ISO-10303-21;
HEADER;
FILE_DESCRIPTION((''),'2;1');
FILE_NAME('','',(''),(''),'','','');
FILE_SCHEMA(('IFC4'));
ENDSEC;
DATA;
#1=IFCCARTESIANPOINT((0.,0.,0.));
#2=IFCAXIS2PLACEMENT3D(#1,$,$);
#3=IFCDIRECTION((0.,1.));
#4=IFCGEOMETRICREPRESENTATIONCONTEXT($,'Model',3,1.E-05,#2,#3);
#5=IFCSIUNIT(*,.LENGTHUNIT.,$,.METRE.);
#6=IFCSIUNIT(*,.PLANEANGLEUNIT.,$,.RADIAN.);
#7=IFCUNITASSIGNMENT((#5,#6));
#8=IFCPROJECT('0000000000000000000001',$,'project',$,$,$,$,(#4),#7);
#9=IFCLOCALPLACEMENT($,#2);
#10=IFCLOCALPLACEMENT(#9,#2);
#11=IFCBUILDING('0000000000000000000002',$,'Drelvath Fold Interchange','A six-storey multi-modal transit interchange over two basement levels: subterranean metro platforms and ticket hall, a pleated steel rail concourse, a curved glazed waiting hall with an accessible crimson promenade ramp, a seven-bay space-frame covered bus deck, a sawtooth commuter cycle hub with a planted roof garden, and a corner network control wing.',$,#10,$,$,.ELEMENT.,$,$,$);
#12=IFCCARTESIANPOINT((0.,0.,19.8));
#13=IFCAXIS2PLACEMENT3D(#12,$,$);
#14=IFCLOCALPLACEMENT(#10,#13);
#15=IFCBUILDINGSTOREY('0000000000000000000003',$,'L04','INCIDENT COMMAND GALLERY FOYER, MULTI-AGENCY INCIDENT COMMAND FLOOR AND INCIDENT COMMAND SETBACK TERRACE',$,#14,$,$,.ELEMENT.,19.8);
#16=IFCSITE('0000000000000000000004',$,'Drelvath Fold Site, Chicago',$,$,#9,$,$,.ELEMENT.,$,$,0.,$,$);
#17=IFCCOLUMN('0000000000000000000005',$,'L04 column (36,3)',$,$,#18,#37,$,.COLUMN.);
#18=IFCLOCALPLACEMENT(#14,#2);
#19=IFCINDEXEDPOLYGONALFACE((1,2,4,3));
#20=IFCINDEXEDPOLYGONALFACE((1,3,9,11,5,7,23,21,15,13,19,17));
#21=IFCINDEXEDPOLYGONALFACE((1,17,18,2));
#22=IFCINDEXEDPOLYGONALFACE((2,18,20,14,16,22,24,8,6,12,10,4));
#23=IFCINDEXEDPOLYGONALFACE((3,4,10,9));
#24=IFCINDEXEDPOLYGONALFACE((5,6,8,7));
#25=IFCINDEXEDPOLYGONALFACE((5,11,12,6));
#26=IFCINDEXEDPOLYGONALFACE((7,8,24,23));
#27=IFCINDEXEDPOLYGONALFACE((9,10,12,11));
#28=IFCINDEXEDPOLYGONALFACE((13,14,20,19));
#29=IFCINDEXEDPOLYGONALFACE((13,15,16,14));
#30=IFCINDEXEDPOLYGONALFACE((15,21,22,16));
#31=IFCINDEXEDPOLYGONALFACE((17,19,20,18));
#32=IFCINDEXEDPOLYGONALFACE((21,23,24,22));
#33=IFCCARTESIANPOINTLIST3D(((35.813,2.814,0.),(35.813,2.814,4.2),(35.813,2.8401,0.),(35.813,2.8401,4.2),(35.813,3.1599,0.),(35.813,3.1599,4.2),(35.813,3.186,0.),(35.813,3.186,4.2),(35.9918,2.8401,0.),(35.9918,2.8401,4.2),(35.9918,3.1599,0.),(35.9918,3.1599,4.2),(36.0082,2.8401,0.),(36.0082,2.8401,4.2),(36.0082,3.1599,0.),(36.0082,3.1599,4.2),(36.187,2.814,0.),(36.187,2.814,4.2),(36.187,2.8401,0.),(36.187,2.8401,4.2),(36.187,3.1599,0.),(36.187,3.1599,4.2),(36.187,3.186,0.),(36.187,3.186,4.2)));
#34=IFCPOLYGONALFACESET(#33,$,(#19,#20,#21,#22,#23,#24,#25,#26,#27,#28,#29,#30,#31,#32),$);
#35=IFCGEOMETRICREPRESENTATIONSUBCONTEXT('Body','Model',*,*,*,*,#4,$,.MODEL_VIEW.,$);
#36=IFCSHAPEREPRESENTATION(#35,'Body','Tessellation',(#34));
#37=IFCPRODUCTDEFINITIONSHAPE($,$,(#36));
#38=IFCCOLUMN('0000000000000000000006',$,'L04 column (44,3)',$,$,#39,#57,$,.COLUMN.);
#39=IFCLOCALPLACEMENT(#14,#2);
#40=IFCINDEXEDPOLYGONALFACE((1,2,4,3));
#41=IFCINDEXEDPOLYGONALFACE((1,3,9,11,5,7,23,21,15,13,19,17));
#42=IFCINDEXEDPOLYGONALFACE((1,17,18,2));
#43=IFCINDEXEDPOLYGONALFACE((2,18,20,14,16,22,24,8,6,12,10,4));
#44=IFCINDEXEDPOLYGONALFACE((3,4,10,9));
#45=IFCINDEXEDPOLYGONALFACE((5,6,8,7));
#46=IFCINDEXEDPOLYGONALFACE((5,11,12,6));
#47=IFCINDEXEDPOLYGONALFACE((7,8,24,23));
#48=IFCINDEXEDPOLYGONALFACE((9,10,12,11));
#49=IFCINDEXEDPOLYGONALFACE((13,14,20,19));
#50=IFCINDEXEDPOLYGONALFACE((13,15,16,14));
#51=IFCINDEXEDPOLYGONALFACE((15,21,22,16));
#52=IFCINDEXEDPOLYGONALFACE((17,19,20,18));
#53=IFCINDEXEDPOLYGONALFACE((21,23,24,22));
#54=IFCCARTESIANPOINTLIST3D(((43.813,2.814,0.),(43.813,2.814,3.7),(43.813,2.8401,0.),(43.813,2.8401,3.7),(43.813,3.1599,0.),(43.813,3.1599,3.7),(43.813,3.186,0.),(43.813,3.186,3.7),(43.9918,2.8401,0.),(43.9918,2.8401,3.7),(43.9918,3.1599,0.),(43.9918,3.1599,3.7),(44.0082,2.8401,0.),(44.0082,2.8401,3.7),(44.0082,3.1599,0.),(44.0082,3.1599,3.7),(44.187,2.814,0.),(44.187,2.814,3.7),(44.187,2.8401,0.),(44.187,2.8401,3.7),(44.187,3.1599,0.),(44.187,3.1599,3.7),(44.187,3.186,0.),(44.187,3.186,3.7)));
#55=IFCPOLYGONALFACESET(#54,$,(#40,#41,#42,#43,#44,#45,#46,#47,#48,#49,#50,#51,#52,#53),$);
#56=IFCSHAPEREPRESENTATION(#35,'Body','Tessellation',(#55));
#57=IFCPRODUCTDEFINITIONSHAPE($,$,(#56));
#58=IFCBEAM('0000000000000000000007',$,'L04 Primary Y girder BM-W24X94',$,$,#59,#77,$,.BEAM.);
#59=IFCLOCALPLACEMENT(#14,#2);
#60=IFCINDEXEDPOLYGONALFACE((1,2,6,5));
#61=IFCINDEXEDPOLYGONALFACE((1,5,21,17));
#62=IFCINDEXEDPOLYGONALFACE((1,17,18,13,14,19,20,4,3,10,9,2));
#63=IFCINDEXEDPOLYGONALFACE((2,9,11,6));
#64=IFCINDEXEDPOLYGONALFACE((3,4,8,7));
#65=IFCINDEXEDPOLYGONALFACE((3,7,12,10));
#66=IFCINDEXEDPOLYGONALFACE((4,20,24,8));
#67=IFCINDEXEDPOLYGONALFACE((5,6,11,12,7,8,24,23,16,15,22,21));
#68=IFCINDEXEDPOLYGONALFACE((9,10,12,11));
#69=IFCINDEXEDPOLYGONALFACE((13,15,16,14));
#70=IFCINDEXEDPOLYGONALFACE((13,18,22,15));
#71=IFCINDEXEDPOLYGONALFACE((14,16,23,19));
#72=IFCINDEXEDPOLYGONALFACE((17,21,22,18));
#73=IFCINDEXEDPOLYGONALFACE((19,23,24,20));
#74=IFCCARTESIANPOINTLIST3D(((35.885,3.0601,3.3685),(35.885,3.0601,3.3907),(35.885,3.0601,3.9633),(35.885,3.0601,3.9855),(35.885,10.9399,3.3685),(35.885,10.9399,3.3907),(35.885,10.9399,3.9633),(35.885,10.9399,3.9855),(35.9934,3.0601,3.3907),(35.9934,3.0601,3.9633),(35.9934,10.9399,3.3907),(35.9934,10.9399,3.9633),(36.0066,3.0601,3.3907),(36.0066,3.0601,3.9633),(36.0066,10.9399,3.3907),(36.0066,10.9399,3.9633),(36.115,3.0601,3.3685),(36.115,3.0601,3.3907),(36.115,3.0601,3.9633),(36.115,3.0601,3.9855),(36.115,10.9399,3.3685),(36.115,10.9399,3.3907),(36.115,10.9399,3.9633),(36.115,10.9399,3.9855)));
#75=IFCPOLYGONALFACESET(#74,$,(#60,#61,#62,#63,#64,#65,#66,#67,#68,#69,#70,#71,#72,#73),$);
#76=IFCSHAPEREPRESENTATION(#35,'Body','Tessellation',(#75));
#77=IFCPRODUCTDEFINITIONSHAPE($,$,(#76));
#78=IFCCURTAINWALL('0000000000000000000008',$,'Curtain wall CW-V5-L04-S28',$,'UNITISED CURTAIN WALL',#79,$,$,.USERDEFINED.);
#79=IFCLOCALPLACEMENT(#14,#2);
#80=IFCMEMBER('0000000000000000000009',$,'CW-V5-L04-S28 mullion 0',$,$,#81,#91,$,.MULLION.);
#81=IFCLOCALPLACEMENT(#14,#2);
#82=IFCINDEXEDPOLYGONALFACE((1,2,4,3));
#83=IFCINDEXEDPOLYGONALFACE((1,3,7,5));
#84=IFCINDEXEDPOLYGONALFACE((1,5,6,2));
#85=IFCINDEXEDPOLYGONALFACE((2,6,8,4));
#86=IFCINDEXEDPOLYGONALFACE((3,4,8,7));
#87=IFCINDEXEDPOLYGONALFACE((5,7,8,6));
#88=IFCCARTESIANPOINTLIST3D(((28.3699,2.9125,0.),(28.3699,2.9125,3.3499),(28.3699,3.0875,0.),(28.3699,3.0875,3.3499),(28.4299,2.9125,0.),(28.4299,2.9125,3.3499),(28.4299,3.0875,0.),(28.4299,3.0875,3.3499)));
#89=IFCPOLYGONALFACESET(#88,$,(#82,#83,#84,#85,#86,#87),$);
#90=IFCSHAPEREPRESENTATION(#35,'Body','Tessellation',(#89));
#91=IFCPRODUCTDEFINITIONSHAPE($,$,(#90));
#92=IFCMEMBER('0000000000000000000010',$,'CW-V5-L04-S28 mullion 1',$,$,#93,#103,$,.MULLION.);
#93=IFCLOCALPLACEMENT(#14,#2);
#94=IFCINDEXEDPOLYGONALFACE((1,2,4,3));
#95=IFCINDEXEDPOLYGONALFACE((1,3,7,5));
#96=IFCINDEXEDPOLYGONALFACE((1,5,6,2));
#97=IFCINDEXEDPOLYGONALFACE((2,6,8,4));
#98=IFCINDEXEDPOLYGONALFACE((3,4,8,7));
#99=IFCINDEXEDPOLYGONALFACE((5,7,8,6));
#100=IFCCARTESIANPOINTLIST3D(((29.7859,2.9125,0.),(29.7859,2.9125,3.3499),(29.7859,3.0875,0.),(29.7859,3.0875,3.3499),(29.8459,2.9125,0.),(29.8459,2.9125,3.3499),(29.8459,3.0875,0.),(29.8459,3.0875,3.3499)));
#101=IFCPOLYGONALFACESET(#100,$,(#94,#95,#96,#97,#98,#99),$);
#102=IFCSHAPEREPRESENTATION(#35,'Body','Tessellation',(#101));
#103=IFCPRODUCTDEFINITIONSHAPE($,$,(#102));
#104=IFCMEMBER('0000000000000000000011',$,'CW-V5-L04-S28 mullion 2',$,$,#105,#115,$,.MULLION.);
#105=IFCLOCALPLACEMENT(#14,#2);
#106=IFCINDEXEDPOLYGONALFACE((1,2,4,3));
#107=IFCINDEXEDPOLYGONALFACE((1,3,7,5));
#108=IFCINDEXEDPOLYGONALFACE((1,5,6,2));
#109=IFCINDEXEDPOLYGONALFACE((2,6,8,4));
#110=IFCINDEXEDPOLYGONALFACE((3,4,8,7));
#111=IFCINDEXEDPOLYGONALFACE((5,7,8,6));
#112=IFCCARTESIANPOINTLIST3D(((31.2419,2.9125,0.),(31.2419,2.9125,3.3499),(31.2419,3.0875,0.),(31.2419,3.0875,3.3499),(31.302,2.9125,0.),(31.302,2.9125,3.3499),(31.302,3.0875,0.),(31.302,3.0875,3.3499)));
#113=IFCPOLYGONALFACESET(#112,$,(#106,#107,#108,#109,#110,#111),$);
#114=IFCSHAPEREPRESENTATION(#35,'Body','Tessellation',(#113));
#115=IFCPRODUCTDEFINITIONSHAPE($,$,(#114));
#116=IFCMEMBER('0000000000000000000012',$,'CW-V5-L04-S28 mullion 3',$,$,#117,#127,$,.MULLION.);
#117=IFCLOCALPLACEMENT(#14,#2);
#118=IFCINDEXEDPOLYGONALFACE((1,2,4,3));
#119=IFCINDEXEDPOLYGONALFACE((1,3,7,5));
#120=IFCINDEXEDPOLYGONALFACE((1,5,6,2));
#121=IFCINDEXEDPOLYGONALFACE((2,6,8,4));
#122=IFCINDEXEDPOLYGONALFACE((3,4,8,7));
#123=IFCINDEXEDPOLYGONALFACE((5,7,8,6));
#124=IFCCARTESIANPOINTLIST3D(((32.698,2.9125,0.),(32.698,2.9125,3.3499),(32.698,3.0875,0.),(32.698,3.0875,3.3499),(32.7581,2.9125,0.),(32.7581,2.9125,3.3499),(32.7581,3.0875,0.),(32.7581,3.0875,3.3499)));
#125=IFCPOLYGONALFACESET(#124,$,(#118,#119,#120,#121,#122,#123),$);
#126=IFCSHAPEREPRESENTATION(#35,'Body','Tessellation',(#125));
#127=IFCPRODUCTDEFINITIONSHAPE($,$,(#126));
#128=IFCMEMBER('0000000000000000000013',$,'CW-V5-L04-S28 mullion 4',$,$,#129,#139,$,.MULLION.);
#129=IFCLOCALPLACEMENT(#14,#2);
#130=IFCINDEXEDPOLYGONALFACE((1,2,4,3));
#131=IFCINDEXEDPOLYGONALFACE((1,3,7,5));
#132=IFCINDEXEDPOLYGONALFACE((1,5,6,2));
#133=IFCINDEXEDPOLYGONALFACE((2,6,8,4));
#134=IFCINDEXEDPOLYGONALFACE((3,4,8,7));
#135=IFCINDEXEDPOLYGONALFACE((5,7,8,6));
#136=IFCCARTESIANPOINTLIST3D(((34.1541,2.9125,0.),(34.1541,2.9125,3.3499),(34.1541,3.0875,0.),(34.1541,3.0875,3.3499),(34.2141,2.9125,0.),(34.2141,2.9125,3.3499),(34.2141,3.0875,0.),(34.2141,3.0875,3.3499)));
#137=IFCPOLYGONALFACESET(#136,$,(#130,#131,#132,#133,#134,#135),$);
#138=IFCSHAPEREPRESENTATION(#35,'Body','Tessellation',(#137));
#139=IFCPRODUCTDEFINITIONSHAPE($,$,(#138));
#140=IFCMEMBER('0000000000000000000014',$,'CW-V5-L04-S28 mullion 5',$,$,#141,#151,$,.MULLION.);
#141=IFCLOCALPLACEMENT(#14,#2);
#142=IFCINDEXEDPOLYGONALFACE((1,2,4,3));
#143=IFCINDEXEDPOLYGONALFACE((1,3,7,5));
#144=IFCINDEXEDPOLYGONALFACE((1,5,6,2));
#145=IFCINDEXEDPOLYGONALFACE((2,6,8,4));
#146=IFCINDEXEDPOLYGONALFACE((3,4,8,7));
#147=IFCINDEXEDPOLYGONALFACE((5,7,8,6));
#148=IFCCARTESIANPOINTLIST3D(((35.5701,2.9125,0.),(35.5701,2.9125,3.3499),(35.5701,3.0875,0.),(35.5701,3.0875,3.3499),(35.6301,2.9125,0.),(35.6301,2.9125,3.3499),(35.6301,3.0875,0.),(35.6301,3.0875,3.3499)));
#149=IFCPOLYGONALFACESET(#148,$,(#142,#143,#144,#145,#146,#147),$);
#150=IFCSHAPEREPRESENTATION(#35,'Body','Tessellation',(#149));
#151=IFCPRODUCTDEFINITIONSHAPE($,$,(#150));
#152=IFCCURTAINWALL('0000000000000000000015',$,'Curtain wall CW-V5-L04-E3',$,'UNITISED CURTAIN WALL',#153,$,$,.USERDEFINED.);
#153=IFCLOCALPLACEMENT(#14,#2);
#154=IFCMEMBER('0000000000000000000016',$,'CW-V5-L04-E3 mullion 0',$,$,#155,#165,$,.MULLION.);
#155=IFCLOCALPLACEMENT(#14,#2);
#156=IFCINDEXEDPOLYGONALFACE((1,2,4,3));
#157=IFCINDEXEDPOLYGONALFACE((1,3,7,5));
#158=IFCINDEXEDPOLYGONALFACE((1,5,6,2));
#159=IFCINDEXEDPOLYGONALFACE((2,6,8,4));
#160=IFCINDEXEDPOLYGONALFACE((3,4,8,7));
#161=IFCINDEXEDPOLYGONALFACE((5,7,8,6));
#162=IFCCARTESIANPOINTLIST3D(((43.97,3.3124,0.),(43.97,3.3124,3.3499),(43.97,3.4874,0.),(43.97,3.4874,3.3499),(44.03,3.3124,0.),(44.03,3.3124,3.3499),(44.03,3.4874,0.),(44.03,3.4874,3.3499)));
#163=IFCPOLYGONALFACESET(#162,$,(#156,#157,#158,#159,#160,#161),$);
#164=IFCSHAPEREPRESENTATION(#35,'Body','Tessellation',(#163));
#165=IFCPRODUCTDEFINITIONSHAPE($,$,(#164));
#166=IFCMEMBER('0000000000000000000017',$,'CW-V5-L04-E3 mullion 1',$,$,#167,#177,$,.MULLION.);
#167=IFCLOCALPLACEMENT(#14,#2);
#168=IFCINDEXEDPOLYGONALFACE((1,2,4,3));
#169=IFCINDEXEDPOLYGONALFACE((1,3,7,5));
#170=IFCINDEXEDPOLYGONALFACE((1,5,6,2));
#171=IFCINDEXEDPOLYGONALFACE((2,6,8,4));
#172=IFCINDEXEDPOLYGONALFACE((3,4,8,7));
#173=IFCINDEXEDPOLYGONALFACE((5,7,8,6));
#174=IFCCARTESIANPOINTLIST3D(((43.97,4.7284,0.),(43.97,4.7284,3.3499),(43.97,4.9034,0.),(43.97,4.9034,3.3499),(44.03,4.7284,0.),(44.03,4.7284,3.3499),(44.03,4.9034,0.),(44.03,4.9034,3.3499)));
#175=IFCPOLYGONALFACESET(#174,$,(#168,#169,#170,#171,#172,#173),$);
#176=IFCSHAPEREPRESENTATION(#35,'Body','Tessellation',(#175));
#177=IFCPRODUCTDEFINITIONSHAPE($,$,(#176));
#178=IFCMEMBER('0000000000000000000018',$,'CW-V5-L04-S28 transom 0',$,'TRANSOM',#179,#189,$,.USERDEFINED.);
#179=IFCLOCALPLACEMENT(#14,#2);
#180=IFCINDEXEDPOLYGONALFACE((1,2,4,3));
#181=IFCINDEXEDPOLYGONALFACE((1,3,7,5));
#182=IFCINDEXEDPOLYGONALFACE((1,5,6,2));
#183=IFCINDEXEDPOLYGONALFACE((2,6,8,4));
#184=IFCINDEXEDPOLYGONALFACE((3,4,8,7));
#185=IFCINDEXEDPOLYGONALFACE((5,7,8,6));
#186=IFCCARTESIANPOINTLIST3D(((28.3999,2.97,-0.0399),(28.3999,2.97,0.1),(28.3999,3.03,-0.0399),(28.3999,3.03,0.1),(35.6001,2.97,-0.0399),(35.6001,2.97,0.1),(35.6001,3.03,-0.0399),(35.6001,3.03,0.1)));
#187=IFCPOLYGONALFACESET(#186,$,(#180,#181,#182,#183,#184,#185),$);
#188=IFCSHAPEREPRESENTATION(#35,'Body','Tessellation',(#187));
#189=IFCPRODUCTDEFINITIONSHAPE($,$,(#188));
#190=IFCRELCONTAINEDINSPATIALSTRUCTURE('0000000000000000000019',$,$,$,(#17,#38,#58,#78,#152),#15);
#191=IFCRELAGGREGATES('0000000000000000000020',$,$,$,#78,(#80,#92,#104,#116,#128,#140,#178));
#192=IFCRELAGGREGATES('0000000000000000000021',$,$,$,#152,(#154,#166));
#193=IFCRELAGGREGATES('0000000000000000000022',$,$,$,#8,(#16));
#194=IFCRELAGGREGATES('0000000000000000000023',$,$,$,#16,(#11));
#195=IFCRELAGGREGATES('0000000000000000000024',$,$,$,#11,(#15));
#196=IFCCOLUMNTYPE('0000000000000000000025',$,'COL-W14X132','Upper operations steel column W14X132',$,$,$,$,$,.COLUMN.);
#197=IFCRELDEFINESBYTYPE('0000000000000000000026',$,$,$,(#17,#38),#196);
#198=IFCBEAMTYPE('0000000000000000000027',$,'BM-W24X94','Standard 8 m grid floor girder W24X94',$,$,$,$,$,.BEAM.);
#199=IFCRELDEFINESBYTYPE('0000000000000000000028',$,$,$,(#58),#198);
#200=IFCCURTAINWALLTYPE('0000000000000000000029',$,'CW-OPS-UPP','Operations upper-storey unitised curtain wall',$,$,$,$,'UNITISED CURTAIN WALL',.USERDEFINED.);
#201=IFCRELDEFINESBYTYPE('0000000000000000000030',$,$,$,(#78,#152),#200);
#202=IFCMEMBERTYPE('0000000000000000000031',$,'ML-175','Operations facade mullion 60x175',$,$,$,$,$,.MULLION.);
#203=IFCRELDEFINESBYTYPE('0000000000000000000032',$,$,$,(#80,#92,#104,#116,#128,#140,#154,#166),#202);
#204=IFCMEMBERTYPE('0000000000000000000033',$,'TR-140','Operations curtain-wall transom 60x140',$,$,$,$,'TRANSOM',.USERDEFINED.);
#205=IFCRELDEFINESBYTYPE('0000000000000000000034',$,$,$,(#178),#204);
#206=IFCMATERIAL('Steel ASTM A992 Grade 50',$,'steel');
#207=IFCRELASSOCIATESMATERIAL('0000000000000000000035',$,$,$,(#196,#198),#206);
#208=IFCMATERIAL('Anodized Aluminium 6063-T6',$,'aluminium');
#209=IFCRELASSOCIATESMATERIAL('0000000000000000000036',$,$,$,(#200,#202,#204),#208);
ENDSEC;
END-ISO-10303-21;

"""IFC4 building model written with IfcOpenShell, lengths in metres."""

from ifc_helpers import new_model, si_unit, direction, frame, origin, origin_2d, place, context, subcontext, project, spatial, rectangle, i_section, extrude, material, material_profile, profile_set, type_object, element, aggregate, save


model = new_model("IFC4")

# Units and contexts
model_context = context("Model", 3, precision=1e-05, world=origin(), true_north=direction((0.0, 1.0)))
body_context = subcontext(model_context, "Body", "Model", "MODEL_VIEW")
ifc_project = project(units=[si_unit("LENGTHUNIT", "METRE"), si_unit("PLANEANGLEUNIT", "RADIAN")], contexts=[model_context])

# Site, building, storey
site_placement = place(None, origin())
site = spatial("IfcSite", under=ifc_project, at=site_placement, Name="Drelvath Fold Site, Chicago", CompositionType="ELEMENT", RefElevation=0.0)
building_placement = place(site_placement, origin())
building = spatial("IfcBuilding", under=site, at=building_placement, Name="Drelvath Fold Interchange", Description="A six-storey multi-modal transit interchange over two basement levels: subterranean metro platforms and ticket hall, a pleated steel rail concourse, a curved glazed waiting hall with an accessible crimson promenade ramp, a seven-bay space-frame covered bus deck, a sawtooth commuter cycle hub with a planted roof garden, and a corner network control wing.", CompositionType="ELEMENT")
storey_placement = place(building_placement, frame((0.0, 0.0, 19.8)))
storey = spatial("IfcBuildingStorey", under=building, at=storey_placement, Name="L04", Description="INCIDENT COMMAND GALLERY FOYER, MULTI-AGENCY INCIDENT COMMAND FLOOR AND INCIDENT COMMAND SETBACK TERRACE", CompositionType="ELEMENT", Elevation=19.8)

# Columns
ifc_material_1 = material(Name="Steel ASTM A992 Grade 50", Category="steel")
ifc_material_profile_1 = material_profile(ifc_material_1, i_section(OverallWidth=0.374, OverallDepth=0.3721, WebThickness=0.0164, FlangeThickness=0.0261, at=origin_2d()), Name="W14X132")
ifc_profile_set_1 = profile_set([ifc_material_profile_1], Name="Steel ASTM A992 Grade 50")
column_type = type_object("IfcColumnType", Name="COL-W14X132", Description="Upper operations steel column W14X132", PredefinedType="COLUMN", material=ifc_profile_set_1)
column_1_placement = place(storey_placement, frame((36.0, 3.0, 0.0), z_axis=(0.0, 0.0, 1.0), x_axis=(1.0, 0.0, 0.0)))
element("IfcColumn", 1, at=column_1_placement, inside=storey, type_object=column_type, Name="L04 column (36,3)", PredefinedType="COLUMN", context=body_context, shape_type="SweptSolid", body=[
    extrude(i_section(OverallWidth=0.374, OverallDepth=0.3721, WebThickness=0.0164, FlangeThickness=0.0261, at=origin_2d()), origin(), (0.0, 0.0, 1.0), 4.2),
])
column_2_placement = place(storey_placement, frame((44.0, 3.0, 0.0), z_axis=(0.0, 0.0, 1.0), x_axis=(1.0, 0.0, 0.0)))
element("IfcColumn", 2, at=column_2_placement, inside=storey, type_object=column_type, Name="L04 column (44,3)", PredefinedType="COLUMN", context=body_context, shape_type="SweptSolid", body=[
    extrude(i_section(OverallWidth=0.374, OverallDepth=0.3721, WebThickness=0.0164, FlangeThickness=0.0261, at=origin_2d()), origin(), (0.0, 0.0, 1.0), 3.7),
])

# Beam
ifc_material_profile_2 = material_profile(ifc_material_1, i_section(OverallWidth=0.23, OverallDepth=0.6169, WebThickness=0.0132, FlangeThickness=0.0222, at=origin_2d()), Name="W24X94")
ifc_profile_set_2 = profile_set([ifc_material_profile_2], Name="Steel ASTM A992 Grade 50")
beam_type = type_object("IfcBeamType", Name="BM-W24X94", Description="Standard 8 m grid floor girder W24X94", PredefinedType="BEAM", material=ifc_profile_set_2)
beam_placement = place(storey_placement, frame((36.0, 3.0601, 3.677), z_axis=(0.0, 1.0, 0.0), x_axis=(-1.0, 0.0, 0.0)))
element("IfcBeam", 3, at=beam_placement, inside=storey, type_object=beam_type, Name="L04 Primary Y girder BM-W24X94", PredefinedType="BEAM", context=body_context, shape_type="SweptSolid", body=[
    extrude(i_section(OverallWidth=0.23, OverallDepth=0.6169, WebThickness=0.0132, FlangeThickness=0.0222, at=origin_2d()), origin(), (0.0, 0.0, 1.0), 7.8799),
])

# Curtain walls, members
ifc_material_2 = material(Name="Anodized Aluminium 6063-T6", Category="aluminium")
curtain_wall_type = type_object("IfcCurtainWallType", Name="CW-OPS-UPP", Description="Operations upper-storey unitised curtain wall", ElementType="UNITISED CURTAIN WALL", PredefinedType="USERDEFINED", material=ifc_material_2)
curtain_wall_1_placement = place(storey_placement, origin())
curtain_wall_1 = element("IfcCurtainWall", 4, at=curtain_wall_1_placement, inside=storey, type_object=curtain_wall_type, Name="Curtain wall CW-V5-L04-S28", ObjectType="UNITISED CURTAIN WALL", PredefinedType="USERDEFINED")
ifc_material_profile_3 = material_profile(ifc_material_2, rectangle(XDim=0.0601, YDim=0.175, at=origin_2d()), Name="AL-M 60x175")
ifc_profile_set_3 = profile_set([ifc_material_profile_3], Name="Anodized Aluminium 6063-T6")
member_type_1 = type_object("IfcMemberType", Name="ML-175", Description="Operations facade mullion 60x175", PredefinedType="MULLION", material=ifc_profile_set_3)
member_1_placement = place(storey_placement, frame((28.3999, 3.0, 0.0), z_axis=(0.0, 0.0, 1.0), x_axis=(1.0, 0.0, 0.0)))
member_1 = element("IfcMember", 5, at=member_1_placement, type_object=member_type_1, Name="CW-V5-L04-S28 mullion 0", PredefinedType="MULLION", context=body_context, shape_type="SweptSolid", body=[
    extrude(rectangle(XDim=0.0601, YDim=0.175, at=origin_2d()), origin(), (0.0, 0.0, 1.0), 3.3499),
])
member_2_placement = place(storey_placement, frame((29.8159, 3.0, 0.0), z_axis=(0.0, 0.0, 1.0), x_axis=(1.0, 0.0, 0.0)))
member_2 = element("IfcMember", 6, at=member_2_placement, type_object=member_type_1, Name="CW-V5-L04-S28 mullion 1", PredefinedType="MULLION", context=body_context, shape_type="SweptSolid", body=[
    extrude(rectangle(XDim=0.0601, YDim=0.175, at=origin_2d()), origin(), (0.0, 0.0, 1.0), 3.3499),
])
member_3_placement = place(storey_placement, frame((31.272, 3.0, 0.0), z_axis=(0.0, 0.0, 1.0), x_axis=(1.0, 0.0, 0.0)))
member_3 = element("IfcMember", 7, at=member_3_placement, type_object=member_type_1, Name="CW-V5-L04-S28 mullion 2", PredefinedType="MULLION", context=body_context, shape_type="SweptSolid", body=[
    extrude(rectangle(XDim=0.0601, YDim=0.175, at=origin_2d()), origin(), (0.0, 0.0, 1.0), 3.3499),
])
member_4_placement = place(storey_placement, frame((32.728, 3.0, 0.0), z_axis=(0.0, 0.0, 1.0), x_axis=(1.0, 0.0, 0.0)))
member_4 = element("IfcMember", 8, at=member_4_placement, type_object=member_type_1, Name="CW-V5-L04-S28 mullion 3", PredefinedType="MULLION", context=body_context, shape_type="SweptSolid", body=[
    extrude(rectangle(XDim=0.0601, YDim=0.175, at=origin_2d()), origin(), (0.0, 0.0, 1.0), 3.3499),
])
member_5_placement = place(storey_placement, frame((34.1841, 3.0, 0.0), z_axis=(0.0, 0.0, 1.0), x_axis=(1.0, 0.0, 0.0)))
member_5 = element("IfcMember", 9, at=member_5_placement, type_object=member_type_1, Name="CW-V5-L04-S28 mullion 4", PredefinedType="MULLION", context=body_context, shape_type="SweptSolid", body=[
    extrude(rectangle(XDim=0.0601, YDim=0.175, at=origin_2d()), origin(), (0.0, 0.0, 1.0), 3.3499),
])
member_6_placement = place(storey_placement, frame((35.6001, 3.0, 0.0), z_axis=(0.0, 0.0, 1.0), x_axis=(1.0, 0.0, 0.0)))
member_6 = element("IfcMember", 10, at=member_6_placement, type_object=member_type_1, Name="CW-V5-L04-S28 mullion 5", PredefinedType="MULLION", context=body_context, shape_type="SweptSolid", body=[
    extrude(rectangle(XDim=0.0601, YDim=0.175, at=origin_2d()), origin(), (0.0, 0.0, 1.0), 3.3499),
])
curtain_wall_2_placement = place(storey_placement, origin())
curtain_wall_2 = element("IfcCurtainWall", 11, at=curtain_wall_2_placement, inside=storey, type_object=curtain_wall_type, Name="Curtain wall CW-V5-L04-E3", ObjectType="UNITISED CURTAIN WALL", PredefinedType="USERDEFINED")
member_7_placement = place(storey_placement, frame((44.0, 3.3999, 0.0), z_axis=(0.0, 0.0, 1.0), x_axis=(1.0, 0.0, 0.0)))
member_7 = element("IfcMember", 12, at=member_7_placement, type_object=member_type_1, Name="CW-V5-L04-E3 mullion 0", PredefinedType="MULLION", context=body_context, shape_type="SweptSolid", body=[
    extrude(rectangle(XDim=0.0601, YDim=0.175, at=origin_2d()), origin(), (0.0, 0.0, 1.0), 3.3499),
])
member_8_placement = place(storey_placement, frame((44.0, 4.8159, 0.0), z_axis=(0.0, 0.0, 1.0), x_axis=(1.0, 0.0, 0.0)))
member_8 = element("IfcMember", 13, at=member_8_placement, type_object=member_type_1, Name="CW-V5-L04-E3 mullion 1", PredefinedType="MULLION", context=body_context, shape_type="SweptSolid", body=[
    extrude(rectangle(XDim=0.0601, YDim=0.175, at=origin_2d()), origin(), (0.0, 0.0, 1.0), 3.3499),
])

# Member
ifc_material_profile_4 = material_profile(ifc_material_2, rectangle(XDim=0.0601, YDim=0.1399, at=origin_2d()), Name="AL-T 60x140")
ifc_profile_set_4 = profile_set([ifc_material_profile_4], Name="Anodized Aluminium 6063-T6")
member_type_2 = type_object("IfcMemberType", Name="TR-140", Description="Operations curtain-wall transom 60x140", ElementType="TRANSOM", PredefinedType="USERDEFINED", material=ifc_profile_set_4)
member_9_placement = place(storey_placement, frame((28.3999, 3.0, 0.03), z_axis=(1.0, 0.0, 0.0), x_axis=(0.0, 1.0, 0.0)))
member_9 = element("IfcMember", 14, at=member_9_placement, type_object=member_type_2, Name="CW-V5-L04-S28 transom 0", ObjectType="TRANSOM", PredefinedType="USERDEFINED", context=body_context, shape_type="SweptSolid", body=[
    extrude(rectangle(XDim=0.0601, YDim=0.1399, at=origin_2d()), origin(), (0.0, 0.0, 1.0), 7.2002),
])

aggregate(curtain_wall_1, [member_1, member_2, member_3, member_4, member_5, member_6, member_9])
aggregate(curtain_wall_2, [member_7, member_8])

save(model, "model.ifc")
